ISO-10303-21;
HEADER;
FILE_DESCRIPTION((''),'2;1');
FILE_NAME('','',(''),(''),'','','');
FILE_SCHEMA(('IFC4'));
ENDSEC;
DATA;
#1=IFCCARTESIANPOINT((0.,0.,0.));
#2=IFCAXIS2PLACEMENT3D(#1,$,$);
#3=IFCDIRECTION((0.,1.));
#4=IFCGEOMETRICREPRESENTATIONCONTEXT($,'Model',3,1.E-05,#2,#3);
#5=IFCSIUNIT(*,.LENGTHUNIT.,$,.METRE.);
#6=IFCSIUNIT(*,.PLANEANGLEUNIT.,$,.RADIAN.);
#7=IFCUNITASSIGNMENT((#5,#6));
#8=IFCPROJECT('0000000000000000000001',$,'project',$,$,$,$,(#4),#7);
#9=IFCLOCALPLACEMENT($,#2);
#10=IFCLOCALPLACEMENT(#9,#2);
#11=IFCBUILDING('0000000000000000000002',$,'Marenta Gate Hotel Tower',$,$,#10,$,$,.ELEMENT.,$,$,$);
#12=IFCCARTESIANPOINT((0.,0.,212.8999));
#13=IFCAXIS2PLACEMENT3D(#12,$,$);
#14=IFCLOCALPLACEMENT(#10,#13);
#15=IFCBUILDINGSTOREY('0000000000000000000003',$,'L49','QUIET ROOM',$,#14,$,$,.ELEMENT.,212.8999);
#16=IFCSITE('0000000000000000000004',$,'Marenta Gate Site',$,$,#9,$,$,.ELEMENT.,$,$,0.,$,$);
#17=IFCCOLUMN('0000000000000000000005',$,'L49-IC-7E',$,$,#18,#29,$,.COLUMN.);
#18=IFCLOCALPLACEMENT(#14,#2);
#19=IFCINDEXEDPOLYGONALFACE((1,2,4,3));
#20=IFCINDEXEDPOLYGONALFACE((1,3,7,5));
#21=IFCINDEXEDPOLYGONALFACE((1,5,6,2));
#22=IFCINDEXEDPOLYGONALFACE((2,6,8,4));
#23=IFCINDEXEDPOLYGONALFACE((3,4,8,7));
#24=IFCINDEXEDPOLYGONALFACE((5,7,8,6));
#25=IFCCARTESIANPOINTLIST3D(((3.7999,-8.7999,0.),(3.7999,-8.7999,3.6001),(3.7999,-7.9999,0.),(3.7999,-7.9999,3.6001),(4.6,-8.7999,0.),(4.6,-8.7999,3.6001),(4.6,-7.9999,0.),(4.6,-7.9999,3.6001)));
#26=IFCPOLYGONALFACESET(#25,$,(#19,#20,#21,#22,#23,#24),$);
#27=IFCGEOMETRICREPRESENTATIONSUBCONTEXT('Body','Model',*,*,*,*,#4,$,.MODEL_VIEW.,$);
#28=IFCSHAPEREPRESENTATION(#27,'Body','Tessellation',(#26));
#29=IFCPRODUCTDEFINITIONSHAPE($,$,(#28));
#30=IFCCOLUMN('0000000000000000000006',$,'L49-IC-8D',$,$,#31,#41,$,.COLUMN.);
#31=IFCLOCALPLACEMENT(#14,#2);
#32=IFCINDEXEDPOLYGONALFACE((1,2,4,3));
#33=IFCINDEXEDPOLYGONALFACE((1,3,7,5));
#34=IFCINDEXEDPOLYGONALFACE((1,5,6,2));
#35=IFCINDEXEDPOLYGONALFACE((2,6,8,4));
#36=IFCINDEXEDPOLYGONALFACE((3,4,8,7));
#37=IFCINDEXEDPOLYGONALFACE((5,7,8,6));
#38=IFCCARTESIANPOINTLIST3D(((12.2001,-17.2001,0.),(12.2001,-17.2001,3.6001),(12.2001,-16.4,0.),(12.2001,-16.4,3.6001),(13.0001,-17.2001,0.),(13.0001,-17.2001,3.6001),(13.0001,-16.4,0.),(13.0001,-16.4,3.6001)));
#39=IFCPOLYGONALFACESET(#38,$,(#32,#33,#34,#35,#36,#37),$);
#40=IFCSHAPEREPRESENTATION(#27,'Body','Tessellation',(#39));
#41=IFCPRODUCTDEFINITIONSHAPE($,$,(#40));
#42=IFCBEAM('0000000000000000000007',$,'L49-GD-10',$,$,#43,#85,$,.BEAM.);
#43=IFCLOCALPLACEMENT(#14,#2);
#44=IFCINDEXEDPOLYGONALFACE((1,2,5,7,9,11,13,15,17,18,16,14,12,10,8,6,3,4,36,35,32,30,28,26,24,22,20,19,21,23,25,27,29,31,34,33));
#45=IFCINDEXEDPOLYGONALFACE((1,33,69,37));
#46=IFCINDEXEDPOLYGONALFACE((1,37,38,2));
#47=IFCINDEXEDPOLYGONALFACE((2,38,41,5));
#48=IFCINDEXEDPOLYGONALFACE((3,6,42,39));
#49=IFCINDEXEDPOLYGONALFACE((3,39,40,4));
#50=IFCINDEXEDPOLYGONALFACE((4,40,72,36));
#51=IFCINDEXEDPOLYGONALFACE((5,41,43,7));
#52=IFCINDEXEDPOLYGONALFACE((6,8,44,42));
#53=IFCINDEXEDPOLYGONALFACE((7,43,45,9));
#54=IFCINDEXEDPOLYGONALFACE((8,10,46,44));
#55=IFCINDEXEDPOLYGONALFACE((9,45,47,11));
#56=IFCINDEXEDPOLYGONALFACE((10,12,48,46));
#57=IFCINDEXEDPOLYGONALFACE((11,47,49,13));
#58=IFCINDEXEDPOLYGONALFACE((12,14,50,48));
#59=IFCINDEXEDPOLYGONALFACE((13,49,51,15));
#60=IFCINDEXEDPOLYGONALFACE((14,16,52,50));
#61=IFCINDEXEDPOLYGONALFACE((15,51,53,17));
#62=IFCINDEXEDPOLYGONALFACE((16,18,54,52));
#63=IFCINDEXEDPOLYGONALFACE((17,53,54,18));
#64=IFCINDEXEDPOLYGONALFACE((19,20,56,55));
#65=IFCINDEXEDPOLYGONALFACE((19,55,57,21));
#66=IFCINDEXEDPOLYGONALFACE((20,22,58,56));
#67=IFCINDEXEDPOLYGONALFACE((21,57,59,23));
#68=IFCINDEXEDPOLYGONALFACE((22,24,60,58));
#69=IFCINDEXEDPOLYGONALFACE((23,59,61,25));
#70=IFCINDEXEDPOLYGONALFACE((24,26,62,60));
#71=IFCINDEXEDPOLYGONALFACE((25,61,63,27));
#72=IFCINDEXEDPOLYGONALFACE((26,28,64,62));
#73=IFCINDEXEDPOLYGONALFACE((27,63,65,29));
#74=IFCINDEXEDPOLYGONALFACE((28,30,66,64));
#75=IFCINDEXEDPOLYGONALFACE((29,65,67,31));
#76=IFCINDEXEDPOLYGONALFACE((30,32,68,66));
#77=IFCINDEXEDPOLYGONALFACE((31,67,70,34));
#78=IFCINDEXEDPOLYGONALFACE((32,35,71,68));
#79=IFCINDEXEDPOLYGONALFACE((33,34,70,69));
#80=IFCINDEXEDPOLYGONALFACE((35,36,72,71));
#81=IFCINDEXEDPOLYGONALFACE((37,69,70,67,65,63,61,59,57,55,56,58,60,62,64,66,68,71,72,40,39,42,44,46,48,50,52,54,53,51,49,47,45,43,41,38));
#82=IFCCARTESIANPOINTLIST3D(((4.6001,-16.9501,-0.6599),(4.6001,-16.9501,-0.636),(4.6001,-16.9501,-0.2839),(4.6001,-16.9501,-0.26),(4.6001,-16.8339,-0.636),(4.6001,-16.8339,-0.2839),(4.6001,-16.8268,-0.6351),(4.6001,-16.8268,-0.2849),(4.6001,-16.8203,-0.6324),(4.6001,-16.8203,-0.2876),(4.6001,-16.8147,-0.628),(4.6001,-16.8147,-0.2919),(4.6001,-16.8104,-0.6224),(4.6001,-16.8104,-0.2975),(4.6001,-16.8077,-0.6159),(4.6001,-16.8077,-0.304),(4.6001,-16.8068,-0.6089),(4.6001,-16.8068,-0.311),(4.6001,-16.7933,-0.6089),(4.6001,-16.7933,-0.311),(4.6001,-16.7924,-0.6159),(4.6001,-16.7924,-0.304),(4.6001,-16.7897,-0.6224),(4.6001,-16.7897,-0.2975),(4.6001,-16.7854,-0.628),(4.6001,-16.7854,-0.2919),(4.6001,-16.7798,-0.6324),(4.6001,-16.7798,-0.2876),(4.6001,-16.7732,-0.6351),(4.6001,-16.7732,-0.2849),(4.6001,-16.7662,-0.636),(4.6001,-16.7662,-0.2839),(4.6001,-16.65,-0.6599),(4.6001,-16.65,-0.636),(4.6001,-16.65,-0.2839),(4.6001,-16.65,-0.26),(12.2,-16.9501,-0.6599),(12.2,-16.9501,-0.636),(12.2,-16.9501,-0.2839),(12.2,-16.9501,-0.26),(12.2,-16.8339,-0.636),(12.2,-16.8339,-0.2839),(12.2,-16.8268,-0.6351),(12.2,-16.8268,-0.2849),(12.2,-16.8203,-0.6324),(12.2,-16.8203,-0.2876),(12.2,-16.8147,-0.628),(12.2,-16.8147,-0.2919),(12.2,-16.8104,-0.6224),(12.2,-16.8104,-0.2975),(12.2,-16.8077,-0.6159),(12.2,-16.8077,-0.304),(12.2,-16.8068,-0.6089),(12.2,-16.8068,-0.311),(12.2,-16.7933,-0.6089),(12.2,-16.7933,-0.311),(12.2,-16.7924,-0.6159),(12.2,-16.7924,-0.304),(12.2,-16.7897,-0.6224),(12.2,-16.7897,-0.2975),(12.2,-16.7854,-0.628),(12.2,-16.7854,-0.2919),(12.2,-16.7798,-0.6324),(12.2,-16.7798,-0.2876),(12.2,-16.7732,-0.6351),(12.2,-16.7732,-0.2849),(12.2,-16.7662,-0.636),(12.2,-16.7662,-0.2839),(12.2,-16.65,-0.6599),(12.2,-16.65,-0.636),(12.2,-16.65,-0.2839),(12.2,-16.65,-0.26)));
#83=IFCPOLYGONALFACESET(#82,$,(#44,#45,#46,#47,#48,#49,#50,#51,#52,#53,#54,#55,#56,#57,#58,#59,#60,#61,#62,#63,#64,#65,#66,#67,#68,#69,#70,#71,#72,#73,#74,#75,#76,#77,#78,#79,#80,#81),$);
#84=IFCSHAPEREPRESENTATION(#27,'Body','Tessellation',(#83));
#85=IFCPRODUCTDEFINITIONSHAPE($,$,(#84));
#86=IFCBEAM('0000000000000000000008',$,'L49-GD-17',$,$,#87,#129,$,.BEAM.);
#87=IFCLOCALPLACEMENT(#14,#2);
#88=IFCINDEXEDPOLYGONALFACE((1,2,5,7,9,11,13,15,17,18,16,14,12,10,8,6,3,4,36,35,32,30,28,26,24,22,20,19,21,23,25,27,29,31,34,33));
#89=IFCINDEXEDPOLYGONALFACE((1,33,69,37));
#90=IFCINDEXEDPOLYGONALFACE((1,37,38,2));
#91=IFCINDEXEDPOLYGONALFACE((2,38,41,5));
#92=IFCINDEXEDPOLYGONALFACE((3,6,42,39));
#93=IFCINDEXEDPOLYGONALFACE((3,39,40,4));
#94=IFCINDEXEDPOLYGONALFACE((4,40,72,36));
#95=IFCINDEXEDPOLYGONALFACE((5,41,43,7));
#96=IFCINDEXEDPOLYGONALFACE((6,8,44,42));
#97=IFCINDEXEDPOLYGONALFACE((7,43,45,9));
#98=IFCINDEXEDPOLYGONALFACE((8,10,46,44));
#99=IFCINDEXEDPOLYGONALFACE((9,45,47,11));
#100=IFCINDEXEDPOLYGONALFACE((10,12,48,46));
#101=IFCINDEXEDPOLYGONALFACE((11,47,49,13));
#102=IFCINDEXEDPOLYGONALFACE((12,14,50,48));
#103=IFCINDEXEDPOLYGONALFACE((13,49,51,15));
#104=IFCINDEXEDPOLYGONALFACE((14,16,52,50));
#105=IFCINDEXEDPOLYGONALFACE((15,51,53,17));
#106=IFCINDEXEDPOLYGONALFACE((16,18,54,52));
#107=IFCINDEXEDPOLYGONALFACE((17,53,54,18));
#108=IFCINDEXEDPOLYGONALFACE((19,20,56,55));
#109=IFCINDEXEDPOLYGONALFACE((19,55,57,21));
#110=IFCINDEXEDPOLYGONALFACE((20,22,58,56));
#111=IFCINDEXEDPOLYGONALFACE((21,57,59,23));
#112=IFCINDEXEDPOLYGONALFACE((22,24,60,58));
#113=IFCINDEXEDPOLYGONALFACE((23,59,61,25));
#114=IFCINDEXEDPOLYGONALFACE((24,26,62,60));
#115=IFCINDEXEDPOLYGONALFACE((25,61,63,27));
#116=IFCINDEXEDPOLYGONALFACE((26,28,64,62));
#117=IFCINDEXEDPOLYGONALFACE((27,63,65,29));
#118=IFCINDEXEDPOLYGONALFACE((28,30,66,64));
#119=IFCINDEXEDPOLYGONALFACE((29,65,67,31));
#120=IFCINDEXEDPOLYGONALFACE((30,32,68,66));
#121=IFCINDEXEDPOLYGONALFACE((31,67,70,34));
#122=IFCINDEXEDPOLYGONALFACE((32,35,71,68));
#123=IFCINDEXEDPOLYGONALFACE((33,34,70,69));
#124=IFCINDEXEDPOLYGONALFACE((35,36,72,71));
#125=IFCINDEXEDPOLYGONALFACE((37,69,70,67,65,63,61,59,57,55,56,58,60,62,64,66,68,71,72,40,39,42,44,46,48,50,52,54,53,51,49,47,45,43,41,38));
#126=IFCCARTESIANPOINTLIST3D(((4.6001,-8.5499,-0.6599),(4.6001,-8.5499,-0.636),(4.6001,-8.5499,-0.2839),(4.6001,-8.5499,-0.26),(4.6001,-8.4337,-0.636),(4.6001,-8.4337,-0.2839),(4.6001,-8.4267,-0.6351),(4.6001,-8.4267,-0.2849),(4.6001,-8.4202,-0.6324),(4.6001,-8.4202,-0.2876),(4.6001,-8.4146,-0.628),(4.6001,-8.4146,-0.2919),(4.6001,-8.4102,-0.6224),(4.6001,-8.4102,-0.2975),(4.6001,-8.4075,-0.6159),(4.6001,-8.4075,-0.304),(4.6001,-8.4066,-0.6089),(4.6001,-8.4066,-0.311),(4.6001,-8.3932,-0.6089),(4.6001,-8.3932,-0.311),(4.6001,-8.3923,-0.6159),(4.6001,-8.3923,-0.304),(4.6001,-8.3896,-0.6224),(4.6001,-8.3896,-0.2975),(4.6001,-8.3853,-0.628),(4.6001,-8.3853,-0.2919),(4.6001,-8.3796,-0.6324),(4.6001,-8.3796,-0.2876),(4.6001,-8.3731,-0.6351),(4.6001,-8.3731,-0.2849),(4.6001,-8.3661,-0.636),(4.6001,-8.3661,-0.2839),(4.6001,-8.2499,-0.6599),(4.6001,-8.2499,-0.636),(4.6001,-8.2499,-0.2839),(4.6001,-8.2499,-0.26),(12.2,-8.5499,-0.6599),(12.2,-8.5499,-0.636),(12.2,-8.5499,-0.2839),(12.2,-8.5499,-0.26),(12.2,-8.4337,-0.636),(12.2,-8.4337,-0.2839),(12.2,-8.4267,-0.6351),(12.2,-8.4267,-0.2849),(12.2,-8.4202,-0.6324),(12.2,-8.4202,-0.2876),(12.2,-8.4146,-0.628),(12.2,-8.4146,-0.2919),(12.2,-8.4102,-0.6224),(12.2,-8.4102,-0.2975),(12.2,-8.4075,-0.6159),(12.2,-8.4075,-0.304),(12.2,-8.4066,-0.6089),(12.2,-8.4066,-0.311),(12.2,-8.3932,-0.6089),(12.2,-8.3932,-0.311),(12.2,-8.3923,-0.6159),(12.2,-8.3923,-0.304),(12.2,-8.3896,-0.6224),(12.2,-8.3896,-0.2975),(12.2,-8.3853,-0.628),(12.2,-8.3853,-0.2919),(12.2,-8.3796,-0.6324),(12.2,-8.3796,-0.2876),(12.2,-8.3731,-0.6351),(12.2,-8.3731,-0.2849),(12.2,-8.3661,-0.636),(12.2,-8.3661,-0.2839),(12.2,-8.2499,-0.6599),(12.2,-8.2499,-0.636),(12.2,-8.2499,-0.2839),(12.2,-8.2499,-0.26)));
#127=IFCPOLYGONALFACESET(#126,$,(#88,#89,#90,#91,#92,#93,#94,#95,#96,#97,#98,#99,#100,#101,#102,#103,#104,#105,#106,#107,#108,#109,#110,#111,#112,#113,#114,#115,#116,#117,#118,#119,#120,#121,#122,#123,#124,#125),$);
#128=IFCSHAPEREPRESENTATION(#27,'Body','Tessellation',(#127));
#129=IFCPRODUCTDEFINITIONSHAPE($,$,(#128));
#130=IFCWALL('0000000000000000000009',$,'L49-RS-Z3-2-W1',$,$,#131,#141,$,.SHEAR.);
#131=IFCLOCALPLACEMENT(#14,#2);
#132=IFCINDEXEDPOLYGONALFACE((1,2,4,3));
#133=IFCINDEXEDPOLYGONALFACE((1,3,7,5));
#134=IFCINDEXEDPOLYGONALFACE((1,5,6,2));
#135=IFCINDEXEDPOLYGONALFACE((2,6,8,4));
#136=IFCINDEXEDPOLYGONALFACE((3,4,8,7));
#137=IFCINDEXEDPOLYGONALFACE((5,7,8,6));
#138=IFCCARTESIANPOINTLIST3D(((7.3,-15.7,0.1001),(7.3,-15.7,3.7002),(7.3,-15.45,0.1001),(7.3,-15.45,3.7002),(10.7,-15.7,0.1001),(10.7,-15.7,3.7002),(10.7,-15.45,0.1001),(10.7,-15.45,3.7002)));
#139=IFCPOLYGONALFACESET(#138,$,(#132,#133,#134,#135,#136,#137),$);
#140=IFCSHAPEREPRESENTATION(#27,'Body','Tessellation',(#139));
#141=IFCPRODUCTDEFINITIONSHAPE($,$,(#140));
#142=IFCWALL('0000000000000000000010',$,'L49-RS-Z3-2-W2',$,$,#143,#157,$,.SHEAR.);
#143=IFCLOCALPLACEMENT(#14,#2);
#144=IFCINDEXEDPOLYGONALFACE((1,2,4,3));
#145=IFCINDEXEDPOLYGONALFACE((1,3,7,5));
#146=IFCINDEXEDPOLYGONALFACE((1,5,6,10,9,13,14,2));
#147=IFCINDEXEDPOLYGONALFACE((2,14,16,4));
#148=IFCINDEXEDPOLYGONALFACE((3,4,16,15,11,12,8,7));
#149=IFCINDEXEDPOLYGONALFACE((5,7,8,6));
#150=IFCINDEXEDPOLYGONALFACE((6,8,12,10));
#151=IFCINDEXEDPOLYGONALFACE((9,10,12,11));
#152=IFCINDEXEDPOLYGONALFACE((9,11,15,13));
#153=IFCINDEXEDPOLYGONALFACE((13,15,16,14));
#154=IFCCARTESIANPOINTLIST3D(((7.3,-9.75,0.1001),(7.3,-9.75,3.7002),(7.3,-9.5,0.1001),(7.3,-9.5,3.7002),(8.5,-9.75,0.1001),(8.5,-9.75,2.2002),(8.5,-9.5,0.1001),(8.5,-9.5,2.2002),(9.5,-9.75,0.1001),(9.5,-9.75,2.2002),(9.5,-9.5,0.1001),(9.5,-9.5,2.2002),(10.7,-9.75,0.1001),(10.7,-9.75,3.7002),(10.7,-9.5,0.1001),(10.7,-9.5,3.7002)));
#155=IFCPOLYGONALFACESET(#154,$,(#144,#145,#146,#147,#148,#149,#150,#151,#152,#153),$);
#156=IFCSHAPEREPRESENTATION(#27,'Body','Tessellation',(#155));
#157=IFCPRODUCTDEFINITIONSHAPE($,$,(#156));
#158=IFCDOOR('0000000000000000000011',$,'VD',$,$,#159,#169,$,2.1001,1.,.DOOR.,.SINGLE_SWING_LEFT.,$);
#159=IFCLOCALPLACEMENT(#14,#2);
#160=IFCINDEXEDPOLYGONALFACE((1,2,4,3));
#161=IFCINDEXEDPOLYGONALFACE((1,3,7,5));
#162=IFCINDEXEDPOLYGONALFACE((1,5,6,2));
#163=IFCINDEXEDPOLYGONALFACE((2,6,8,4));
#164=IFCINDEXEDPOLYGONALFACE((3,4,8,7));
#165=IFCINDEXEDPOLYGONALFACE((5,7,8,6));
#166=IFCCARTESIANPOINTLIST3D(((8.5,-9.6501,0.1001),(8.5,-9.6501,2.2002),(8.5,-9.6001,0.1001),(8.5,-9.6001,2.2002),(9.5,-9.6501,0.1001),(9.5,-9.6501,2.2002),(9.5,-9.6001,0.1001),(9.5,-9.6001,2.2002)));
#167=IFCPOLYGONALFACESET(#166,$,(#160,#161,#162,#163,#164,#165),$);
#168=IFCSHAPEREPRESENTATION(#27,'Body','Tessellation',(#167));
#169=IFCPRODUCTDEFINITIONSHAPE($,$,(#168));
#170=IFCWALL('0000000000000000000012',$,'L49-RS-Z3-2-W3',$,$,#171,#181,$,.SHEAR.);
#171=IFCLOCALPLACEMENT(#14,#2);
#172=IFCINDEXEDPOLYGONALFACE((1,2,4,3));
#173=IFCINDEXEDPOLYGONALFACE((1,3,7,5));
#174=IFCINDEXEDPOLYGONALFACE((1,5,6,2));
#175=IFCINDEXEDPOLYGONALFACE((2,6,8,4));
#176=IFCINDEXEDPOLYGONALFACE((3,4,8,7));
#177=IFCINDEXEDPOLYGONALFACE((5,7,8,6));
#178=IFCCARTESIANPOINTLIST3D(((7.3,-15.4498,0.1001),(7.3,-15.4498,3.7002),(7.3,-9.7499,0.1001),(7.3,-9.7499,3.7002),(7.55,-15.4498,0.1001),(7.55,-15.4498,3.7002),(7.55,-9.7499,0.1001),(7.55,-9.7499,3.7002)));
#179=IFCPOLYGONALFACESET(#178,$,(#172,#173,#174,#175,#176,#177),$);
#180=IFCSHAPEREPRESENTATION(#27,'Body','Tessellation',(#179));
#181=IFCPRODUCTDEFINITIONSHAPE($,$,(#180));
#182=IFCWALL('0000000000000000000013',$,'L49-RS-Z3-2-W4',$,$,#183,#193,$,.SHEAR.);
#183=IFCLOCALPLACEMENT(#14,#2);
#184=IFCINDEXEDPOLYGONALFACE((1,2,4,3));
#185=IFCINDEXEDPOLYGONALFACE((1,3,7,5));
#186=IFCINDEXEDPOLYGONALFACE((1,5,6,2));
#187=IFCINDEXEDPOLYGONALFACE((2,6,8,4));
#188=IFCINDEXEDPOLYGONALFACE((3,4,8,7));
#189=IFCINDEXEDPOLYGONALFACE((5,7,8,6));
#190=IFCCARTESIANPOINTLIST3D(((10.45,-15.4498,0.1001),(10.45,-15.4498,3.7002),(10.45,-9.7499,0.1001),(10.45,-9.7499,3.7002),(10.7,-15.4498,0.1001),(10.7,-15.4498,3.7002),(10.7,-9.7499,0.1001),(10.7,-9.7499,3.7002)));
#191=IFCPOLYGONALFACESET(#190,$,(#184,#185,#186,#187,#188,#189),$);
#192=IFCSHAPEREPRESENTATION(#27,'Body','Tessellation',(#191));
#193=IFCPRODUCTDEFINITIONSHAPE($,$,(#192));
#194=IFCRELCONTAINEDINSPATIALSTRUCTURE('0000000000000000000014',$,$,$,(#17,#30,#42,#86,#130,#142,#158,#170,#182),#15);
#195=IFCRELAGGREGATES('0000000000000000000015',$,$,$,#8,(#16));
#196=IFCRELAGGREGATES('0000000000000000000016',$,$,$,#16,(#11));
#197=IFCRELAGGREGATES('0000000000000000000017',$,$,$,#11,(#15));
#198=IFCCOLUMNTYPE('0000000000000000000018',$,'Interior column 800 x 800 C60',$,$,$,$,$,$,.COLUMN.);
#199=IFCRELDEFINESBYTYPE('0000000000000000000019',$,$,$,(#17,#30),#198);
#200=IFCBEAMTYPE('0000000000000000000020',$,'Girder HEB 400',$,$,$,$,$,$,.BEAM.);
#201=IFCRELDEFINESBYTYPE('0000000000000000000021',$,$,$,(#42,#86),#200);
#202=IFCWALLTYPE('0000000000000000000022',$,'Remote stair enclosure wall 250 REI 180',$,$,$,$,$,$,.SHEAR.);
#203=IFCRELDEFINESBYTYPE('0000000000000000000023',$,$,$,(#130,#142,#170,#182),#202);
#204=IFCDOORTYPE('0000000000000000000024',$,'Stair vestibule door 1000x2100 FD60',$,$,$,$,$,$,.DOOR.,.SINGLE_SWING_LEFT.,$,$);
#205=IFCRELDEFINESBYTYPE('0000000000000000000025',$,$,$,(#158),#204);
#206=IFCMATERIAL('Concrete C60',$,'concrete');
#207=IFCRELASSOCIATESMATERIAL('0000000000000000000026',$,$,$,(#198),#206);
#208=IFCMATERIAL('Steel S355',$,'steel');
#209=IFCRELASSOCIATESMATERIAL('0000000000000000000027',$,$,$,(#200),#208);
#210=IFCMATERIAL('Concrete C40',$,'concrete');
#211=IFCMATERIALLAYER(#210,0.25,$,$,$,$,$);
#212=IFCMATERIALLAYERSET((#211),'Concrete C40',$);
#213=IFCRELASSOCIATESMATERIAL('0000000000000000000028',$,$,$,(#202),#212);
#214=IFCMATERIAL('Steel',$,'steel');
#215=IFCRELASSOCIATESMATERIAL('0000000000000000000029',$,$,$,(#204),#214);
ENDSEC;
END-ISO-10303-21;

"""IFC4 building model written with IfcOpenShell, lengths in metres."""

from ifc_helpers import new_model, si_unit, direction, frame, frame_2d, origin, origin_2d, place, context, subcontext, project, spatial, rectangle, i_section, extrude, material, layer, layer_set, material_profile, profile_set, type_object, element, fill, save


model = new_model("IFC4")

# Units and contexts
model_context = context("Model", 3, precision=1e-05, world=origin(), true_north=direction((0.0, 1.0)))
body_context = subcontext(model_context, "Body", "Model", "MODEL_VIEW")
ifc_project = project(units=[si_unit("LENGTHUNIT", "METRE"), si_unit("PLANEANGLEUNIT", "RADIAN")], contexts=[model_context])

# Site, building, storey
site_placement = place(None, origin())
site = spatial("IfcSite", under=ifc_project, at=site_placement, Name="Marenta Gate Site", CompositionType="ELEMENT", RefElevation=0.0)
building_placement = place(site_placement, origin())
building = spatial("IfcBuilding", under=site, at=building_placement, Name="Marenta Gate Hotel Tower", CompositionType="ELEMENT")
storey_placement = place(building_placement, frame((0.0, 0.0, 212.8999)))
storey = spatial("IfcBuildingStorey", under=building, at=storey_placement, Name="L49", Description="QUIET ROOM", CompositionType="ELEMENT", Elevation=212.8999)

# Columns
ifc_material_1 = material(Name="Concrete C60", Category="concrete")
ifc_material_profile_1 = material_profile(ifc_material_1, rectangle(XDim=0.8, YDim=0.8, at=origin_2d()), Name="800 x 800")
ifc_profile_set_1 = profile_set([ifc_material_profile_1], Name="Concrete C60")
column_type = type_object("IfcColumnType", Name="Interior column 800 x 800 C60", PredefinedType="COLUMN", material=ifc_profile_set_1)
for number, where, z_axis, x_axis, name in (
    (1, (4.2, -8.3999, 0.0), (0.0, 0.0, 1.0), (1.0, 0.0, 0.0), "L49-IC-7E"),
    (2, (12.6001, -16.8, 0.0), (0.0, 0.0, 1.0), (1.0, 0.0, 0.0), "L49-IC-8D"),
):
    element("IfcColumn", number, at=place(storey_placement, frame(where, z_axis=z_axis, x_axis=x_axis)), inside=storey, type_object=column_type, Name=name, PredefinedType="COLUMN", context=body_context, shape_type="SweptSolid", body=[
        extrude(rectangle(XDim=0.8, YDim=0.8, at=origin_2d()), origin(), (0.0, 0.0, 1.0), 3.6001),
    ])

# Beams
ifc_material_2 = material(Name="Steel S355", Category="steel")
ifc_material_profile_2 = material_profile(ifc_material_2, i_section(OverallWidth=0.3, OverallDepth=0.3999, WebThickness=0.0134, FlangeThickness=0.0239, FilletRadius=0.0271, at=origin_2d()), Name="HEB 400")
ifc_profile_set_2 = profile_set([ifc_material_profile_2], Name="Steel S355")
beam_type = type_object("IfcBeamType", Name="Girder HEB 400", PredefinedType="BEAM", material=ifc_profile_set_2)
for number, where, z_axis, x_axis, name in (
    (3, (4.6001, -16.8, -0.46), (1.0, 0.0, 0.0), (0.0, 1.0, 0.0), "L49-GD-10"),
    (4, (4.6001, -8.3999, -0.46), (1.0, 0.0, 0.0), (0.0, 1.0, 0.0), "L49-GD-17"),
):
    element("IfcBeam", number, at=place(storey_placement, frame(where, z_axis=z_axis, x_axis=x_axis)), inside=storey, type_object=beam_type, Name=name, PredefinedType="BEAM", context=body_context, shape_type="SweptSolid", body=[
        extrude(i_section(OverallWidth=0.3, OverallDepth=0.3999, WebThickness=0.0134, FlangeThickness=0.0239, FilletRadius=0.0271, at=origin_2d()), origin(), (0.0, 0.0, 1.0), 7.5999),
    ])

# Wall
ifc_material_3 = material(Name="Concrete C40", Category="concrete")
ifc_layer_1 = layer(ifc_material_3, 0.25)
ifc_layer_set_1 = layer_set([ifc_layer_1], Name="Concrete C40")
wall_type_1 = type_object("IfcWallType", Name="Remote stair enclosure wall 250 REI 180", PredefinedType="SHEAR", material=ifc_layer_set_1)
wall_1_placement = place(storey_placement, frame((7.3, -15.575, 0.1001), z_axis=(0.0, 0.0, 1.0), x_axis=(1.0, 0.0, 0.0)))
element("IfcWall", 5, at=wall_1_placement, inside=storey, type_object=wall_type_1, Name="L49-RS-Z3-2-W1", PredefinedType="SHEAR", context=body_context, shape_type="SweptSolid", body=[
    extrude(rectangle(XDim=3.3999, YDim=0.25, at=frame_2d((1.7, 0.0))), origin(), (0.0, 0.0, 1.0), 3.6001),
])

# Wall, opening, door
wall_2_placement = place(storey_placement, frame((7.3, -9.625, 0.1001), z_axis=(0.0, 0.0, 1.0), x_axis=(1.0, 0.0, 0.0)))
wall_2 = element("IfcWall", 6, at=wall_2_placement, inside=storey, type_object=wall_type_1, Name="L49-RS-Z3-2-W2", PredefinedType="SHEAR", context=body_context, shape_type="SweptSolid", body=[
    extrude(rectangle(XDim=3.3999, YDim=0.25, at=frame_2d((1.7, 0.0))), origin(), (0.0, 0.0, 1.0), 3.6001),
])
opening_1_placement = place(wall_2_placement, frame((1.2, 0.0, 0.0)))
opening_1 = element("IfcOpeningElement", 7, at=opening_1_placement, cuts=wall_2, PredefinedType="OPENING", context=body_context, shape_type="SweptSolid", body=[
    extrude(rectangle(XDim=1.0, YDim=2.1001, at=frame_2d((0.5, 1.05))), frame((0.0, 0.125, 0.0), z_axis=(0.0, -1.0, 0.0), x_axis=(1.0, 0.0, 0.0)), (0.0, 0.0, 1.0), 0.25),
])
ifc_material_4 = material(Name="Steel", Category="steel")
door_type_1 = type_object("IfcDoorType", Name="Stair vestibule door 1000x2100 FD60", OperationType="SINGLE_SWING_LEFT", PredefinedType="DOOR", material=ifc_material_4)
door_1_placement = place(opening_1_placement, origin())
door_1 = element("IfcDoor", 8, at=door_1_placement, inside=storey, type_object=door_type_1, Name="VD", OperationType="SINGLE_SWING_LEFT", OverallHeight=2.1001, OverallWidth=1.0, PredefinedType="DOOR", context=body_context, shape_type="SweptSolid", body=[
    extrude(rectangle(XDim=1.0, YDim=2.1001, at=frame_2d((0.5, 1.05))), frame((0.0, 0.0249, 0.0), z_axis=(0.0, -1.0, 0.0), x_axis=(1.0, 0.0, 0.0)), (0.0, 0.0, 1.0), 0.05),
])
fill(opening_1, door_1)

# Walls
for number, where, z_axis, x_axis, name in (
    (9, (7.425, -15.45, 0.1001), (0.0, 0.0, 1.0), (0.0, 1.0, 0.0), "L49-RS-Z3-2-W3"),
    (10, (10.575, -15.45, 0.1001), (0.0, 0.0, 1.0), (0.0, 1.0, 0.0), "L49-RS-Z3-2-W4"),
):
    element("IfcWall", number, at=place(storey_placement, frame(where, z_axis=z_axis, x_axis=x_axis)), inside=storey, type_object=wall_type_1, Name=name, PredefinedType="SHEAR", context=body_context, shape_type="SweptSolid", body=[
        extrude(rectangle(XDim=5.7, YDim=0.25, at=frame_2d((2.8501, 0.0))), origin(), (0.0, 0.0, 1.0), 3.6001),
    ])

save(model, "model.ifc")
